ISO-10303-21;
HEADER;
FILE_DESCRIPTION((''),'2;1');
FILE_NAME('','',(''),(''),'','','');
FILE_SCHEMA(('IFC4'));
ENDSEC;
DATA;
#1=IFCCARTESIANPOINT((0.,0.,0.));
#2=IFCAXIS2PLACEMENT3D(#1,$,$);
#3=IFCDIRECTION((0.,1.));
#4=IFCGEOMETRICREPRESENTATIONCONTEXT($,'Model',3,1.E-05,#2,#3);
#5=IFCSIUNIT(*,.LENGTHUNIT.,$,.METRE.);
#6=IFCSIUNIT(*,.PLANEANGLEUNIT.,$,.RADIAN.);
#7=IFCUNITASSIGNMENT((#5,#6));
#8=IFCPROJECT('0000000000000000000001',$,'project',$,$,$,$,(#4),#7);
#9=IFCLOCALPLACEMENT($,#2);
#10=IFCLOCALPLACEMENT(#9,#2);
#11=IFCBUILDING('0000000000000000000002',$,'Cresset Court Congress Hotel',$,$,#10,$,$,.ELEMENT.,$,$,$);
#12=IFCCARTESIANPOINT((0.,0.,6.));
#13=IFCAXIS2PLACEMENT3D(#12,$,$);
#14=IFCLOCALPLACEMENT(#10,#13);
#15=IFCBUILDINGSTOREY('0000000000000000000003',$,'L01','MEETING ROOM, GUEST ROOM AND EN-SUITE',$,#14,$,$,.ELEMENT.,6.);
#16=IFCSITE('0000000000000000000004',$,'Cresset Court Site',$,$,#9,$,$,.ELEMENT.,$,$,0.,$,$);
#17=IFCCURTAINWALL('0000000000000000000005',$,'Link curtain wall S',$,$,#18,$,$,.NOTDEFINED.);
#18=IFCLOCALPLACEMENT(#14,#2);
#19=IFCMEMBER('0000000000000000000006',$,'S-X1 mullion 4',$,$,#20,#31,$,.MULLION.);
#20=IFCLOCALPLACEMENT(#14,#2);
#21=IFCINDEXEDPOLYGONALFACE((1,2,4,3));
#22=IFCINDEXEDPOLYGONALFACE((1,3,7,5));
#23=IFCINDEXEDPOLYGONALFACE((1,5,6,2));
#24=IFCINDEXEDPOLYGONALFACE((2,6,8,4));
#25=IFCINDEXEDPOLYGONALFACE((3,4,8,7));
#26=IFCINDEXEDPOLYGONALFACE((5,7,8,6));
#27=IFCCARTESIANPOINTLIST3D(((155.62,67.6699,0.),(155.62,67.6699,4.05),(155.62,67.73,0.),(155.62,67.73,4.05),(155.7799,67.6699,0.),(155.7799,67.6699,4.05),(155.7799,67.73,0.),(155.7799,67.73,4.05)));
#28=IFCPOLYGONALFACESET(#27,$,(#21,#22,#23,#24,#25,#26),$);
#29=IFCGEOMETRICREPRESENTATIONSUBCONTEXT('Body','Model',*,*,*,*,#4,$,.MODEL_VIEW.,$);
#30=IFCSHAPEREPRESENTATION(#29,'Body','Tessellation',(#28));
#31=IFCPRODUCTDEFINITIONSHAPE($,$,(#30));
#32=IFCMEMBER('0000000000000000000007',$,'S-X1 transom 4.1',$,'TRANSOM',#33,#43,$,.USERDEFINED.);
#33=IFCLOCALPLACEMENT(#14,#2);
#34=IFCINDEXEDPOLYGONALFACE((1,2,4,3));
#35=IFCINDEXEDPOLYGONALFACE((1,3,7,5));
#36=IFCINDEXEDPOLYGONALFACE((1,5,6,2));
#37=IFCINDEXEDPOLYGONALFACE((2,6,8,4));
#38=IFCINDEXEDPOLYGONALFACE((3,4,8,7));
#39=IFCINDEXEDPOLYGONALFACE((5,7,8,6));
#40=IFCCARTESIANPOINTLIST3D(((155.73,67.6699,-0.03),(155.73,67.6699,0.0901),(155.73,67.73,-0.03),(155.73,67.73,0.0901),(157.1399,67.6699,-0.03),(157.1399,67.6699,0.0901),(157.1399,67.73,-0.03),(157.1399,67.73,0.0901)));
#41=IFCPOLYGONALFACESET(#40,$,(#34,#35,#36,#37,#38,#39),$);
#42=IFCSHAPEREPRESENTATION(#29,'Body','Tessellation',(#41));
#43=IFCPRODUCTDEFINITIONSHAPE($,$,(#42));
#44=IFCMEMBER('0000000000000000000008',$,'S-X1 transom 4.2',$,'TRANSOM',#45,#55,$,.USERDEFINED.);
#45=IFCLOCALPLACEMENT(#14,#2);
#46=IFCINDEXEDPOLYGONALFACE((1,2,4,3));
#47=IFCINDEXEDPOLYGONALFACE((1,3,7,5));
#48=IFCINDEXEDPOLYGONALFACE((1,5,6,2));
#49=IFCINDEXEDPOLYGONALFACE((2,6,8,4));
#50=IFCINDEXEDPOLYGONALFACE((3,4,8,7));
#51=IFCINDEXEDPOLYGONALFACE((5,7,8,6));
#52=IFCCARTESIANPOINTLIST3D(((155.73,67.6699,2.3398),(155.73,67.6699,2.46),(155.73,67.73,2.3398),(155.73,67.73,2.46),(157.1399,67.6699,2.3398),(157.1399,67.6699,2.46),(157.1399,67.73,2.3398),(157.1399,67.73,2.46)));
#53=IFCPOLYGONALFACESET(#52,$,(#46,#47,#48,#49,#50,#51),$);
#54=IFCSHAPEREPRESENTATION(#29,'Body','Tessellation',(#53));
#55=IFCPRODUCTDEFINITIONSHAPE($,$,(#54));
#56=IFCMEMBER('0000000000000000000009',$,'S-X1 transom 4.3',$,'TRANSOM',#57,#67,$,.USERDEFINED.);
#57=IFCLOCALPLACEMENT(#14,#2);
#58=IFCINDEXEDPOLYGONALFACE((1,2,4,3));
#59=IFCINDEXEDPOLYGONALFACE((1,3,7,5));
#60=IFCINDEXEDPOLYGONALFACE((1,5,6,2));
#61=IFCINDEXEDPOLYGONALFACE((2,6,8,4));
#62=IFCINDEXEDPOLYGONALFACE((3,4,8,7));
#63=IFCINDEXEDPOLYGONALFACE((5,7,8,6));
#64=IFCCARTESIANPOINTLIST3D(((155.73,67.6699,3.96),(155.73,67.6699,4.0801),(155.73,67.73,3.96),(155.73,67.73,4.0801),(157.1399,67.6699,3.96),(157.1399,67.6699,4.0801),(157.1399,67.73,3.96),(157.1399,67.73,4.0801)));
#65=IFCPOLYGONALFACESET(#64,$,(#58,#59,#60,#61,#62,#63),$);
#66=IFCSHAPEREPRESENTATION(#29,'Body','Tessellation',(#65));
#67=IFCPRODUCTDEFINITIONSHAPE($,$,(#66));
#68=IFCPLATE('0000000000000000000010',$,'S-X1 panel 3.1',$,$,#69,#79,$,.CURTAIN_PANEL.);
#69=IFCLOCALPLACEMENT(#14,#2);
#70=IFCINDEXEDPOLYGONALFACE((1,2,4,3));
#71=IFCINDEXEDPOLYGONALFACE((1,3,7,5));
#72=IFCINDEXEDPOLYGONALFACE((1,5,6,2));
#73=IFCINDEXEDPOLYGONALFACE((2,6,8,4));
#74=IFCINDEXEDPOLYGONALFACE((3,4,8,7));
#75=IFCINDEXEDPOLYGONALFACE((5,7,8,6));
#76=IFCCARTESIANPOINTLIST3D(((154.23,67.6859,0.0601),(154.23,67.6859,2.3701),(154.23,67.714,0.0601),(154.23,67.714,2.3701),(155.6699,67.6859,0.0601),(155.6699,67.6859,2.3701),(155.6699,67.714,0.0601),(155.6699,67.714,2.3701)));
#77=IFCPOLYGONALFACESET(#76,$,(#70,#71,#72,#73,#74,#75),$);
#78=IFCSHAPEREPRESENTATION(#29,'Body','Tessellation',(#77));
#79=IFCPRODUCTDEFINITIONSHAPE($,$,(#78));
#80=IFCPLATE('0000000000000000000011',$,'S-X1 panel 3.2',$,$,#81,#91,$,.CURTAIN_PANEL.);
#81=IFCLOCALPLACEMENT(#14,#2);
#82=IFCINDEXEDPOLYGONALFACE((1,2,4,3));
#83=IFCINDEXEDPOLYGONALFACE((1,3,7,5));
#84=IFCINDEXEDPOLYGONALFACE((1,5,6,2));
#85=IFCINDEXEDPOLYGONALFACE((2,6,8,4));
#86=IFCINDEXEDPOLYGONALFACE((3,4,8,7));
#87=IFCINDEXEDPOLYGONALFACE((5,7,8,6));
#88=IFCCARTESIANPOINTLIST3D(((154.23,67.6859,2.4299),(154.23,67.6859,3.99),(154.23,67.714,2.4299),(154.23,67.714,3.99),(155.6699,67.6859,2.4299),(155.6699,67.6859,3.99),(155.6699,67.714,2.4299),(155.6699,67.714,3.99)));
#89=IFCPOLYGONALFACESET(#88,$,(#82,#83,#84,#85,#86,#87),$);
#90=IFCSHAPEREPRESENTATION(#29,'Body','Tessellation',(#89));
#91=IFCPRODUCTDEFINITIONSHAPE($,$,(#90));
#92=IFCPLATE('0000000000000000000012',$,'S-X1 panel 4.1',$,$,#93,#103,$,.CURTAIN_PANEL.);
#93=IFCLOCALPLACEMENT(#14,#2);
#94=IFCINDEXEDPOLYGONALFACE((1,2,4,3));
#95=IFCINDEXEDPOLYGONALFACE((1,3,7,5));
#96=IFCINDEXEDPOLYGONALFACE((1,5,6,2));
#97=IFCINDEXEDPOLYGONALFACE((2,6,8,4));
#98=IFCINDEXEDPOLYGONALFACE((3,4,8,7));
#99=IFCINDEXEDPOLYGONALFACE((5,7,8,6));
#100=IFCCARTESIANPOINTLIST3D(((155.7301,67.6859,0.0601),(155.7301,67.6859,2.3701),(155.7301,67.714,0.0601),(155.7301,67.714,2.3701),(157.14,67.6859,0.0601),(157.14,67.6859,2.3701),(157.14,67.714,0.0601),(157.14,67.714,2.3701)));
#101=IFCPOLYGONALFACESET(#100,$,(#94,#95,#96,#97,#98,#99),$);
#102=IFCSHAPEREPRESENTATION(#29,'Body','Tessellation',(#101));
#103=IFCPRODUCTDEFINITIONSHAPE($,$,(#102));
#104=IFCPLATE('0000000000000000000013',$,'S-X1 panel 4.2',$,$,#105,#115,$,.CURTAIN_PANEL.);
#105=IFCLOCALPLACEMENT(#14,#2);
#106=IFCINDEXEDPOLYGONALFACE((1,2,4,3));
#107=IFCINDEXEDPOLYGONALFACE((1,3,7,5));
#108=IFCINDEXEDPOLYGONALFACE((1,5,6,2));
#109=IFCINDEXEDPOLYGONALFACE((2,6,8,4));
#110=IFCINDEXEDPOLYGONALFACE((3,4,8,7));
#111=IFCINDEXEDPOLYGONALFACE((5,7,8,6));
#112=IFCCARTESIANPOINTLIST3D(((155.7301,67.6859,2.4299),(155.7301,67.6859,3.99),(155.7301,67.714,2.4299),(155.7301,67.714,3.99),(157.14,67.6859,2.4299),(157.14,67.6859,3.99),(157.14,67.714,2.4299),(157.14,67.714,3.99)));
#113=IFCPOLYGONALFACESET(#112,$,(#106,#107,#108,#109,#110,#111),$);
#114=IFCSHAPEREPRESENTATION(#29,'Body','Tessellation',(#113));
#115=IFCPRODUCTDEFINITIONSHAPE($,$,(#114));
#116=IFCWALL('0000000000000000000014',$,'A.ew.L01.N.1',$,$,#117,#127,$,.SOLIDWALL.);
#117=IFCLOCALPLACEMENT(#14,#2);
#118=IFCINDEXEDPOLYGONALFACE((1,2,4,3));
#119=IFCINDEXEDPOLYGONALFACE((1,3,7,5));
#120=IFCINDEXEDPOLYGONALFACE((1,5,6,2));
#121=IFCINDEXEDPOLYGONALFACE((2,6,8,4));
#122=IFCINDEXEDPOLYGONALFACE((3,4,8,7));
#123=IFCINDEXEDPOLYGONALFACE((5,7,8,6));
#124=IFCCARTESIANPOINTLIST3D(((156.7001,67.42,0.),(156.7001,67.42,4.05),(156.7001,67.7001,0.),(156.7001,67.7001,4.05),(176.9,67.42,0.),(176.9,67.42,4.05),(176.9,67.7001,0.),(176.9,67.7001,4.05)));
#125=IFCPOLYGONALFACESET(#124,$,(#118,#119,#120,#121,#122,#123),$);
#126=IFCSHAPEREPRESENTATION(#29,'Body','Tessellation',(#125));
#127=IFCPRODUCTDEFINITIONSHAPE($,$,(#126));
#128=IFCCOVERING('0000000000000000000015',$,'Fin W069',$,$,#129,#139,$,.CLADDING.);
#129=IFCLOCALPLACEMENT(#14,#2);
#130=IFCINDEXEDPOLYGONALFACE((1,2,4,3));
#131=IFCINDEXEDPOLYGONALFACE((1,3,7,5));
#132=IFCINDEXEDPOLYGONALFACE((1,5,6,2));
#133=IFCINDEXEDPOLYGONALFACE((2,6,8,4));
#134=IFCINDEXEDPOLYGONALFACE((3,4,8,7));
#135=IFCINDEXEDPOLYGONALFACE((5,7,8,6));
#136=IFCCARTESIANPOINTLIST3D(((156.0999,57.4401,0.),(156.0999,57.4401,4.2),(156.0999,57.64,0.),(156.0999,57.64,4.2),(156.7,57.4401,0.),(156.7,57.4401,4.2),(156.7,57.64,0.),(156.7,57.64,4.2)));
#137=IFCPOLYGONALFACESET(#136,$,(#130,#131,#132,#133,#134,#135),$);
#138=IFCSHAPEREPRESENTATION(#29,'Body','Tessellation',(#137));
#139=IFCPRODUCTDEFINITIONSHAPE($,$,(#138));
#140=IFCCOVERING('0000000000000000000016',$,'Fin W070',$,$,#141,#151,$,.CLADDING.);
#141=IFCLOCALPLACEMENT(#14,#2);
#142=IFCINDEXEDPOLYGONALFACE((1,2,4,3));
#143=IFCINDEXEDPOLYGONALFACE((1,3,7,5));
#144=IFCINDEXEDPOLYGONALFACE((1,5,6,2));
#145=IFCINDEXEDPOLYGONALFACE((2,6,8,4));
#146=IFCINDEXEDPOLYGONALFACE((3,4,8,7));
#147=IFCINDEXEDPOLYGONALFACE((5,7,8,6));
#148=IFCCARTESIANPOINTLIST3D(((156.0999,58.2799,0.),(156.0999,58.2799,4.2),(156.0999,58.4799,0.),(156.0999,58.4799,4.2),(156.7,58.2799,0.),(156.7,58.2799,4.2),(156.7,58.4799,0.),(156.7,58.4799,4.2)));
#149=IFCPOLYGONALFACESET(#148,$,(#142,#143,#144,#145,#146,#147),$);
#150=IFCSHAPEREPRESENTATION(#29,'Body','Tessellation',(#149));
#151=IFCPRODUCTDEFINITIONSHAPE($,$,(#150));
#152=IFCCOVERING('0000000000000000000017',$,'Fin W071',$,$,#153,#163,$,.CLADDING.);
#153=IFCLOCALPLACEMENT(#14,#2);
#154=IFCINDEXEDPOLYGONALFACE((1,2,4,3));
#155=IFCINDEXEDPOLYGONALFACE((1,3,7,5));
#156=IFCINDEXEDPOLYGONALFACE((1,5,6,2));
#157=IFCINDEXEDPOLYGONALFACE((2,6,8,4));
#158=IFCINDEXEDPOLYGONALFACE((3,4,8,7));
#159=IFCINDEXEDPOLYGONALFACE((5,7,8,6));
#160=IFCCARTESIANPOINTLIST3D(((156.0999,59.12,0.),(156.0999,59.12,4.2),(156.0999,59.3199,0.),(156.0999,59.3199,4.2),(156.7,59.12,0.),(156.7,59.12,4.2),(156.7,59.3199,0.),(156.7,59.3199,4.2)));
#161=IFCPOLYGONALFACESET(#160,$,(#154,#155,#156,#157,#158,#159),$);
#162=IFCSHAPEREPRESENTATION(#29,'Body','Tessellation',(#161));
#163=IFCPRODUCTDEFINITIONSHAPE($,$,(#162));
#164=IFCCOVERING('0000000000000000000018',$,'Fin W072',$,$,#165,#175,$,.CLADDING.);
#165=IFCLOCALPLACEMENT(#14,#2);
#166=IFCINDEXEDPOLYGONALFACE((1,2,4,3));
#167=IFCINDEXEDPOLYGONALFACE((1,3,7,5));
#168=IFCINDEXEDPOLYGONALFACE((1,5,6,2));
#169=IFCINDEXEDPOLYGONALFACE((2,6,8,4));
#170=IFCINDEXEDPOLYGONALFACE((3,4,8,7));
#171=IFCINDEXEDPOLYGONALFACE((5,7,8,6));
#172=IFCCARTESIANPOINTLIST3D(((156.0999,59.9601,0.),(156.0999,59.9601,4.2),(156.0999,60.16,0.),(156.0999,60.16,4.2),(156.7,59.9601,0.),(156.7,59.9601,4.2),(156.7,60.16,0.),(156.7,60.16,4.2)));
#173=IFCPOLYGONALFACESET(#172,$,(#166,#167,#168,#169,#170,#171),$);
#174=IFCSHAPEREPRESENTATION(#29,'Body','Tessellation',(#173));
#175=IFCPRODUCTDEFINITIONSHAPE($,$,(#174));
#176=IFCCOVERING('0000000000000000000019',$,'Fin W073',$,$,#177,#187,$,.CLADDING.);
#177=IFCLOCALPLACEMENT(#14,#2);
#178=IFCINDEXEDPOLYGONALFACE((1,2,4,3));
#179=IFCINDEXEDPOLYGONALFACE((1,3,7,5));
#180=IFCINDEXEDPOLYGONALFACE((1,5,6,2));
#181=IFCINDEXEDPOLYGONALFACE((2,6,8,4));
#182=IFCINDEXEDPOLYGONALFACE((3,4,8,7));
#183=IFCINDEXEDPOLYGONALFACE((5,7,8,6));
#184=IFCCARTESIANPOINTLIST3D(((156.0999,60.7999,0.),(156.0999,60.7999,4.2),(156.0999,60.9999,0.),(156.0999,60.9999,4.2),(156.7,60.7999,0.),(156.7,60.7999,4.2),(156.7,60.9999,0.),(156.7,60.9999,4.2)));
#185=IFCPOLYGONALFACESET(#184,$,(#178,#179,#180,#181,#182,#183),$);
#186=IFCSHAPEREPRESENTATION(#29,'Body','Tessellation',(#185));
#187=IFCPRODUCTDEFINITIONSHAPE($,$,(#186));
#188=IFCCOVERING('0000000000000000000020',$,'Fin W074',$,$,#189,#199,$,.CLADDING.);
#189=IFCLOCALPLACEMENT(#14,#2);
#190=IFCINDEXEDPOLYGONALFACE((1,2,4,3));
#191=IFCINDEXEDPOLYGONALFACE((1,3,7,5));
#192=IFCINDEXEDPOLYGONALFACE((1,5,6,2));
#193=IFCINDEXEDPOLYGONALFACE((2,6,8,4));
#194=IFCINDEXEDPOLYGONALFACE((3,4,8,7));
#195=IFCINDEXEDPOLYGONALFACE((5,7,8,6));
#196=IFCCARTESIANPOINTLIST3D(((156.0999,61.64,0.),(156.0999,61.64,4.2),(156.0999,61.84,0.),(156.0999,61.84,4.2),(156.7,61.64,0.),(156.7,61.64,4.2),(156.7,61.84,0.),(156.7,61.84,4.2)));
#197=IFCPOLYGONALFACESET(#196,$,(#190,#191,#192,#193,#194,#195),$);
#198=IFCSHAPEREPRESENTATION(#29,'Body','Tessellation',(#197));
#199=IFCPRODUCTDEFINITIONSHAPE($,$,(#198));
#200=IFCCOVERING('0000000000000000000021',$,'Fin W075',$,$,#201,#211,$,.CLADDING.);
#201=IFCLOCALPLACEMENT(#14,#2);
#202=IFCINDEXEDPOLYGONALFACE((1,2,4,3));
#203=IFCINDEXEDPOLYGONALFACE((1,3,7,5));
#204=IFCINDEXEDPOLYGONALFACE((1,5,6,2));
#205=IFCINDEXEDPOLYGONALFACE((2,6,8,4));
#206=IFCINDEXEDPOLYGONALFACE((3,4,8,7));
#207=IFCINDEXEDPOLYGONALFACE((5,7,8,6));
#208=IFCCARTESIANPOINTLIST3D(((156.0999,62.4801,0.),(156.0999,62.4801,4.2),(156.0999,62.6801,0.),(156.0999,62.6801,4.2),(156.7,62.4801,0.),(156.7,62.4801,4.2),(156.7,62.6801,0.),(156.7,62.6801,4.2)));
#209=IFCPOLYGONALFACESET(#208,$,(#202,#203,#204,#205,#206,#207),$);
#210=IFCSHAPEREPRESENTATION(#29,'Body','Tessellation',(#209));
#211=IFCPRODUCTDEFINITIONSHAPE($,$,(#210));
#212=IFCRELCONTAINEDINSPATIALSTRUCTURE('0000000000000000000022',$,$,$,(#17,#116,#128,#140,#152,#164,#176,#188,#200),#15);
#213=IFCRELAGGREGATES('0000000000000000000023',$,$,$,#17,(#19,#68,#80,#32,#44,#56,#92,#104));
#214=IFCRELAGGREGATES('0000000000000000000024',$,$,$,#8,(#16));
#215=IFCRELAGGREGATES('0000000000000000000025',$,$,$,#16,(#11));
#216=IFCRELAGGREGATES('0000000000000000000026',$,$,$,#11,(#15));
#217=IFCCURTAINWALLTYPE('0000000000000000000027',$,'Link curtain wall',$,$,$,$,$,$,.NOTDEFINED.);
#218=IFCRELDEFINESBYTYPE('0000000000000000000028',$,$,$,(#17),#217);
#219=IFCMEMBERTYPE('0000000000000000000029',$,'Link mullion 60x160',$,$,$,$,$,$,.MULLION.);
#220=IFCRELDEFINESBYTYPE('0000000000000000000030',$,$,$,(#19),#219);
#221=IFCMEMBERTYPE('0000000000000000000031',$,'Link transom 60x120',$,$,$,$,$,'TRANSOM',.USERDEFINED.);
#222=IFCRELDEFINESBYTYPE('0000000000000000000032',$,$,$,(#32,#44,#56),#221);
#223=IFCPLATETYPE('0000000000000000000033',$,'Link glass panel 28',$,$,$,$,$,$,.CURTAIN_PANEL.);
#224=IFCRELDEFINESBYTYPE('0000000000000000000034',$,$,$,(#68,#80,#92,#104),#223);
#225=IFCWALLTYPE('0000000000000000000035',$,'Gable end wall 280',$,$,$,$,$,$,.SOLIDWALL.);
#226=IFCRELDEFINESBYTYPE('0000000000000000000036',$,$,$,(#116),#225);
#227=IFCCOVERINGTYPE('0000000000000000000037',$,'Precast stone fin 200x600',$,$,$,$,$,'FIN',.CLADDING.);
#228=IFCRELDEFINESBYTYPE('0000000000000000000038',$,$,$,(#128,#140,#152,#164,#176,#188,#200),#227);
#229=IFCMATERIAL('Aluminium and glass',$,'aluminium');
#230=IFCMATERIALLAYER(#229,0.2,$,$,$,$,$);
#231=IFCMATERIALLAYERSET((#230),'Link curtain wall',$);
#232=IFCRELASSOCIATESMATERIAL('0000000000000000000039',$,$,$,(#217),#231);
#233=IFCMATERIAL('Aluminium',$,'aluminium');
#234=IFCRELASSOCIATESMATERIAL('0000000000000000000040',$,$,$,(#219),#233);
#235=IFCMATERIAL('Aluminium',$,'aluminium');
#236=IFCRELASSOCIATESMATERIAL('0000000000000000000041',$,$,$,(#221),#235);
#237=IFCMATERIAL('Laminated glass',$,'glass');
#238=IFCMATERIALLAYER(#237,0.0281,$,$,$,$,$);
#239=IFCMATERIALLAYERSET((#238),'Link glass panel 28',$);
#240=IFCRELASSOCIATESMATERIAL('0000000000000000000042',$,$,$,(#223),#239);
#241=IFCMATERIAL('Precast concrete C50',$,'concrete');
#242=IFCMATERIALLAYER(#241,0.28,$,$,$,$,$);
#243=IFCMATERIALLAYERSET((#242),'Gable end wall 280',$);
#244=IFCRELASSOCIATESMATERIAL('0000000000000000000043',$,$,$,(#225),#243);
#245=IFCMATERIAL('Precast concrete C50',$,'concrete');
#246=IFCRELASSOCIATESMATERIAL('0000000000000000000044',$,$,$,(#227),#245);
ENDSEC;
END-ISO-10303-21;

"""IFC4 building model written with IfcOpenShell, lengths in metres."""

from ifc_helpers import new_model, si_unit, direction, frame, frame_2d, origin, origin_2d, place, context, subcontext, project, spatial, rectangle, extrude, material, layer, layer_set, material_profile, profile_set, type_object, element, aggregate, save


model = new_model("IFC4")

# Units and contexts
model_context = context("Model", 3, precision=1e-05, world=origin(), true_north=direction((0.0, 1.0)))
body_context = subcontext(model_context, "Body", "Model", "MODEL_VIEW")
ifc_project = project(units=[si_unit("LENGTHUNIT", "METRE"), si_unit("PLANEANGLEUNIT", "RADIAN")], contexts=[model_context])

# Site, building, storey
site_placement = place(None, origin())
site = spatial("IfcSite", under=ifc_project, at=site_placement, Name="Cresset Court Site", CompositionType="ELEMENT", RefElevation=0.0)
building_placement = place(site_placement, origin())
building = spatial("IfcBuilding", under=site, at=building_placement, Name="Cresset Court Congress Hotel", CompositionType="ELEMENT")
storey_placement = place(building_placement, frame((0.0, 0.0, 6.0)))
storey = spatial("IfcBuildingStorey", under=building, at=storey_placement, Name="L01", Description="MEETING ROOM, GUEST ROOM AND EN-SUITE", CompositionType="ELEMENT", Elevation=6.0)

# Curtain wall, members, plates
ifc_material_1 = material(Name="Aluminium and glass", Category="aluminium")
ifc_layer_1 = layer(ifc_material_1, 0.2)
ifc_layer_set_1 = layer_set([ifc_layer_1], Name="Link curtain wall")
curtain_wall_type = type_object("IfcCurtainWallType", Name="Link curtain wall", PredefinedType="NOTDEFINED", material=ifc_layer_set_1)
curtain_wall_placement = place(storey_placement, origin())
curtain_wall = element("IfcCurtainWall", 1, at=curtain_wall_placement, inside=storey, type_object=curtain_wall_type, Name="Link curtain wall S", PredefinedType="NOTDEFINED")
ifc_material_2 = material(Name="Aluminium", Category="aluminium")
ifc_material_profile_1 = material_profile(ifc_material_2, rectangle(XDim=0.0601, YDim=0.1599, at=origin_2d()), Name="Mullion 60x160")
ifc_profile_set_1 = profile_set([ifc_material_profile_1], Name="Aluminium")
member_type_1 = type_object("IfcMemberType", Name="Link mullion 60x160", PredefinedType="MULLION", material=ifc_profile_set_1)
member_1_placement = place(storey_placement, frame((155.7, 67.7, 0.0), z_axis=(0.0, 0.0, 1.0), x_axis=(0.0, 1.0, 0.0)))
member_1 = element("IfcMember", 2, at=member_1_placement, type_object=member_type_1, Name="S-X1 mullion 4", PredefinedType="MULLION", context=body_context, shape_type="SweptSolid", body=[
    extrude(rectangle(XDim=0.0601, YDim=0.1599, at=origin_2d()), origin(), (0.0, 0.0, 1.0), 4.05),
])
ifc_material_3 = material(Name="Aluminium", Category="aluminium")
ifc_material_profile_2 = material_profile(ifc_material_3, rectangle(XDim=0.0601, YDim=0.1201, at=origin_2d()), Name="Transom 60x120")
ifc_profile_set_2 = profile_set([ifc_material_profile_2], Name="Aluminium")
member_type_2 = type_object("IfcMemberType", Name="Link transom 60x120", ElementType="TRANSOM", PredefinedType="USERDEFINED", material=ifc_profile_set_2)
member_2_placement = place(storey_placement, frame((155.73, 67.7, 0.03), z_axis=(1.0, 0.0, 0.0), x_axis=(0.0, 1.0, 0.0)))
member_2 = element("IfcMember", 3, at=member_2_placement, type_object=member_type_2, Name="S-X1 transom 4.1", ObjectType="TRANSOM", PredefinedType="USERDEFINED", context=body_context, shape_type="SweptSolid", body=[
    extrude(rectangle(XDim=0.0601, YDim=0.1201, at=origin_2d()), origin(), (0.0, 0.0, 1.0), 1.4099),
])
member_3_placement = place(storey_placement, frame((155.73, 67.7, 2.3999), z_axis=(1.0, 0.0, 0.0), x_axis=(0.0, 1.0, 0.0)))
member_3 = element("IfcMember", 4, at=member_3_placement, type_object=member_type_2, Name="S-X1 transom 4.2", ObjectType="TRANSOM", PredefinedType="USERDEFINED", context=body_context, shape_type="SweptSolid", body=[
    extrude(rectangle(XDim=0.0601, YDim=0.1201, at=origin_2d()), origin(), (0.0, 0.0, 1.0), 1.4099),
])
member_4_placement = place(storey_placement, frame((155.73, 67.7, 4.02), z_axis=(1.0, 0.0, 0.0), x_axis=(0.0, 1.0, 0.0)))
member_4 = element("IfcMember", 5, at=member_4_placement, type_object=member_type_2, Name="S-X1 transom 4.3", ObjectType="TRANSOM", PredefinedType="USERDEFINED", context=body_context, shape_type="SweptSolid", body=[
    extrude(rectangle(XDim=0.0601, YDim=0.1201, at=origin_2d()), origin(), (0.0, 0.0, 1.0), 1.4099),
])
ifc_material_4 = material(Name="Laminated glass", Category="glass")
ifc_layer_2 = layer(ifc_material_4, 0.0281)
ifc_layer_set_2 = layer_set([ifc_layer_2], Name="Link glass panel 28")
plate_type = type_object("IfcPlateType", Name="Link glass panel 28", PredefinedType="CURTAIN_PANEL", material=ifc_layer_set_2)
plate_1_placement = place(storey_placement, frame((154.95, 67.7, 0.0601), z_axis=(0.0, 0.0, 1.0), x_axis=(1.0, 0.0, 0.0)))
plate_1 = element("IfcPlate", 6, at=plate_1_placement, type_object=plate_type, Name="S-X1 panel 3.1", PredefinedType="CURTAIN_PANEL", context=body_context, shape_type="SweptSolid", body=[
    extrude(rectangle(XDim=1.4399, YDim=0.0281, at=origin_2d()), origin(), (0.0, 0.0, 1.0), 2.3101),
])
plate_2_placement = place(storey_placement, frame((154.95, 67.7, 2.4299), z_axis=(0.0, 0.0, 1.0), x_axis=(1.0, 0.0, 0.0)))
plate_2 = element("IfcPlate", 7, at=plate_2_placement, type_object=plate_type, Name="S-X1 panel 3.2", PredefinedType="CURTAIN_PANEL", context=body_context, shape_type="SweptSolid", body=[
    extrude(rectangle(XDim=1.4399, YDim=0.0281, at=origin_2d()), origin(), (0.0, 0.0, 1.0), 1.5601),
])
plate_3_placement = place(storey_placement, frame((156.4351, 67.7, 0.0601), z_axis=(0.0, 0.0, 1.0), x_axis=(1.0, 0.0, 0.0)))
plate_3 = element("IfcPlate", 8, at=plate_3_placement, type_object=plate_type, Name="S-X1 panel 4.1", PredefinedType="CURTAIN_PANEL", context=body_context, shape_type="SweptSolid", body=[
    extrude(rectangle(XDim=1.4099, YDim=0.0281, at=origin_2d()), origin(), (0.0, 0.0, 1.0), 2.3101),
])
plate_4_placement = place(storey_placement, frame((156.4351, 67.7, 2.4299), z_axis=(0.0, 0.0, 1.0), x_axis=(1.0, 0.0, 0.0)))
plate_4 = element("IfcPlate", 9, at=plate_4_placement, type_object=plate_type, Name="S-X1 panel 4.2", PredefinedType="CURTAIN_PANEL", context=body_context, shape_type="SweptSolid", body=[
    extrude(rectangle(XDim=1.4099, YDim=0.0281, at=origin_2d()), origin(), (0.0, 0.0, 1.0), 1.5601),
])
aggregate(curtain_wall, [member_1, plate_1, plate_2, member_2, member_3, member_4, plate_3, plate_4])

# Wall
ifc_material_5 = material(Name="Precast concrete C50", Category="concrete")
ifc_layer_3 = layer(ifc_material_5, 0.28)
ifc_layer_set_3 = layer_set([ifc_layer_3], Name="Gable end wall 280")
wall_type = type_object("IfcWallType", Name="Gable end wall 280", PredefinedType="SOLIDWALL", material=ifc_layer_set_3)
wall_placement = place(storey_placement, frame((156.7, 67.5601, 0.0), z_axis=(0.0, 0.0, 1.0), x_axis=(1.0, 0.0, 0.0)))
element("IfcWall", 10, at=wall_placement, inside=storey, type_object=wall_type, Name="A.ew.L01.N.1", PredefinedType="SOLIDWALL", context=body_context, shape_type="SweptSolid", body=[
    extrude(rectangle(XDim=20.2, YDim=0.28, at=frame_2d((10.1001, 0.0))), origin(), (0.0, 0.0, 1.0), 4.05),
])

# Coverings
ifc_material_6 = material(Name="Precast concrete C50", Category="concrete")
covering_type_1 = type_object("IfcCoveringType", Name="Precast stone fin 200x600", ElementType="FIN", PredefinedType="CLADDING", material=ifc_material_6)
for number, where, z_axis, x_axis, name in (
    (11, (156.3999, 57.54, 0.0), (0.0, 0.0, 1.0), (1.0, 0.0, 0.0), "Fin W069"),
    (12, (156.3999, 58.3799, 0.0), (0.0, 0.0, 1.0), (1.0, 0.0, 0.0), "Fin W070"),
    (13, (156.3999, 59.22, 0.0), (0.0, 0.0, 1.0), (1.0, 0.0, 0.0), "Fin W071"),
    (14, (156.3999, 60.0601, 0.0), (0.0, 0.0, 1.0), (1.0, 0.0, 0.0), "Fin W072"),
    (15, (156.3999, 60.8999, 0.0), (0.0, 0.0, 1.0), (1.0, 0.0, 0.0), "Fin W073"),
    (16, (156.3999, 61.74, 0.0), (0.0, 0.0, 1.0), (1.0, 0.0, 0.0), "Fin W074"),
    (17, (156.3999, 62.5801, 0.0), (0.0, 0.0, 1.0), (1.0, 0.0, 0.0), "Fin W075"),
):
    element("IfcCovering", number, at=place(storey_placement, frame(where, z_axis=z_axis, x_axis=x_axis)), inside=storey, type_object=covering_type_1, Name=name, PredefinedType="CLADDING", context=body_context, shape_type="SweptSolid", body=[
        extrude(rectangle(XDim=0.6001, YDim=0.2, at=origin_2d()), origin(), (0.0, 0.0, 1.0), 4.2),
    ])

save(model, "model.ifc")
